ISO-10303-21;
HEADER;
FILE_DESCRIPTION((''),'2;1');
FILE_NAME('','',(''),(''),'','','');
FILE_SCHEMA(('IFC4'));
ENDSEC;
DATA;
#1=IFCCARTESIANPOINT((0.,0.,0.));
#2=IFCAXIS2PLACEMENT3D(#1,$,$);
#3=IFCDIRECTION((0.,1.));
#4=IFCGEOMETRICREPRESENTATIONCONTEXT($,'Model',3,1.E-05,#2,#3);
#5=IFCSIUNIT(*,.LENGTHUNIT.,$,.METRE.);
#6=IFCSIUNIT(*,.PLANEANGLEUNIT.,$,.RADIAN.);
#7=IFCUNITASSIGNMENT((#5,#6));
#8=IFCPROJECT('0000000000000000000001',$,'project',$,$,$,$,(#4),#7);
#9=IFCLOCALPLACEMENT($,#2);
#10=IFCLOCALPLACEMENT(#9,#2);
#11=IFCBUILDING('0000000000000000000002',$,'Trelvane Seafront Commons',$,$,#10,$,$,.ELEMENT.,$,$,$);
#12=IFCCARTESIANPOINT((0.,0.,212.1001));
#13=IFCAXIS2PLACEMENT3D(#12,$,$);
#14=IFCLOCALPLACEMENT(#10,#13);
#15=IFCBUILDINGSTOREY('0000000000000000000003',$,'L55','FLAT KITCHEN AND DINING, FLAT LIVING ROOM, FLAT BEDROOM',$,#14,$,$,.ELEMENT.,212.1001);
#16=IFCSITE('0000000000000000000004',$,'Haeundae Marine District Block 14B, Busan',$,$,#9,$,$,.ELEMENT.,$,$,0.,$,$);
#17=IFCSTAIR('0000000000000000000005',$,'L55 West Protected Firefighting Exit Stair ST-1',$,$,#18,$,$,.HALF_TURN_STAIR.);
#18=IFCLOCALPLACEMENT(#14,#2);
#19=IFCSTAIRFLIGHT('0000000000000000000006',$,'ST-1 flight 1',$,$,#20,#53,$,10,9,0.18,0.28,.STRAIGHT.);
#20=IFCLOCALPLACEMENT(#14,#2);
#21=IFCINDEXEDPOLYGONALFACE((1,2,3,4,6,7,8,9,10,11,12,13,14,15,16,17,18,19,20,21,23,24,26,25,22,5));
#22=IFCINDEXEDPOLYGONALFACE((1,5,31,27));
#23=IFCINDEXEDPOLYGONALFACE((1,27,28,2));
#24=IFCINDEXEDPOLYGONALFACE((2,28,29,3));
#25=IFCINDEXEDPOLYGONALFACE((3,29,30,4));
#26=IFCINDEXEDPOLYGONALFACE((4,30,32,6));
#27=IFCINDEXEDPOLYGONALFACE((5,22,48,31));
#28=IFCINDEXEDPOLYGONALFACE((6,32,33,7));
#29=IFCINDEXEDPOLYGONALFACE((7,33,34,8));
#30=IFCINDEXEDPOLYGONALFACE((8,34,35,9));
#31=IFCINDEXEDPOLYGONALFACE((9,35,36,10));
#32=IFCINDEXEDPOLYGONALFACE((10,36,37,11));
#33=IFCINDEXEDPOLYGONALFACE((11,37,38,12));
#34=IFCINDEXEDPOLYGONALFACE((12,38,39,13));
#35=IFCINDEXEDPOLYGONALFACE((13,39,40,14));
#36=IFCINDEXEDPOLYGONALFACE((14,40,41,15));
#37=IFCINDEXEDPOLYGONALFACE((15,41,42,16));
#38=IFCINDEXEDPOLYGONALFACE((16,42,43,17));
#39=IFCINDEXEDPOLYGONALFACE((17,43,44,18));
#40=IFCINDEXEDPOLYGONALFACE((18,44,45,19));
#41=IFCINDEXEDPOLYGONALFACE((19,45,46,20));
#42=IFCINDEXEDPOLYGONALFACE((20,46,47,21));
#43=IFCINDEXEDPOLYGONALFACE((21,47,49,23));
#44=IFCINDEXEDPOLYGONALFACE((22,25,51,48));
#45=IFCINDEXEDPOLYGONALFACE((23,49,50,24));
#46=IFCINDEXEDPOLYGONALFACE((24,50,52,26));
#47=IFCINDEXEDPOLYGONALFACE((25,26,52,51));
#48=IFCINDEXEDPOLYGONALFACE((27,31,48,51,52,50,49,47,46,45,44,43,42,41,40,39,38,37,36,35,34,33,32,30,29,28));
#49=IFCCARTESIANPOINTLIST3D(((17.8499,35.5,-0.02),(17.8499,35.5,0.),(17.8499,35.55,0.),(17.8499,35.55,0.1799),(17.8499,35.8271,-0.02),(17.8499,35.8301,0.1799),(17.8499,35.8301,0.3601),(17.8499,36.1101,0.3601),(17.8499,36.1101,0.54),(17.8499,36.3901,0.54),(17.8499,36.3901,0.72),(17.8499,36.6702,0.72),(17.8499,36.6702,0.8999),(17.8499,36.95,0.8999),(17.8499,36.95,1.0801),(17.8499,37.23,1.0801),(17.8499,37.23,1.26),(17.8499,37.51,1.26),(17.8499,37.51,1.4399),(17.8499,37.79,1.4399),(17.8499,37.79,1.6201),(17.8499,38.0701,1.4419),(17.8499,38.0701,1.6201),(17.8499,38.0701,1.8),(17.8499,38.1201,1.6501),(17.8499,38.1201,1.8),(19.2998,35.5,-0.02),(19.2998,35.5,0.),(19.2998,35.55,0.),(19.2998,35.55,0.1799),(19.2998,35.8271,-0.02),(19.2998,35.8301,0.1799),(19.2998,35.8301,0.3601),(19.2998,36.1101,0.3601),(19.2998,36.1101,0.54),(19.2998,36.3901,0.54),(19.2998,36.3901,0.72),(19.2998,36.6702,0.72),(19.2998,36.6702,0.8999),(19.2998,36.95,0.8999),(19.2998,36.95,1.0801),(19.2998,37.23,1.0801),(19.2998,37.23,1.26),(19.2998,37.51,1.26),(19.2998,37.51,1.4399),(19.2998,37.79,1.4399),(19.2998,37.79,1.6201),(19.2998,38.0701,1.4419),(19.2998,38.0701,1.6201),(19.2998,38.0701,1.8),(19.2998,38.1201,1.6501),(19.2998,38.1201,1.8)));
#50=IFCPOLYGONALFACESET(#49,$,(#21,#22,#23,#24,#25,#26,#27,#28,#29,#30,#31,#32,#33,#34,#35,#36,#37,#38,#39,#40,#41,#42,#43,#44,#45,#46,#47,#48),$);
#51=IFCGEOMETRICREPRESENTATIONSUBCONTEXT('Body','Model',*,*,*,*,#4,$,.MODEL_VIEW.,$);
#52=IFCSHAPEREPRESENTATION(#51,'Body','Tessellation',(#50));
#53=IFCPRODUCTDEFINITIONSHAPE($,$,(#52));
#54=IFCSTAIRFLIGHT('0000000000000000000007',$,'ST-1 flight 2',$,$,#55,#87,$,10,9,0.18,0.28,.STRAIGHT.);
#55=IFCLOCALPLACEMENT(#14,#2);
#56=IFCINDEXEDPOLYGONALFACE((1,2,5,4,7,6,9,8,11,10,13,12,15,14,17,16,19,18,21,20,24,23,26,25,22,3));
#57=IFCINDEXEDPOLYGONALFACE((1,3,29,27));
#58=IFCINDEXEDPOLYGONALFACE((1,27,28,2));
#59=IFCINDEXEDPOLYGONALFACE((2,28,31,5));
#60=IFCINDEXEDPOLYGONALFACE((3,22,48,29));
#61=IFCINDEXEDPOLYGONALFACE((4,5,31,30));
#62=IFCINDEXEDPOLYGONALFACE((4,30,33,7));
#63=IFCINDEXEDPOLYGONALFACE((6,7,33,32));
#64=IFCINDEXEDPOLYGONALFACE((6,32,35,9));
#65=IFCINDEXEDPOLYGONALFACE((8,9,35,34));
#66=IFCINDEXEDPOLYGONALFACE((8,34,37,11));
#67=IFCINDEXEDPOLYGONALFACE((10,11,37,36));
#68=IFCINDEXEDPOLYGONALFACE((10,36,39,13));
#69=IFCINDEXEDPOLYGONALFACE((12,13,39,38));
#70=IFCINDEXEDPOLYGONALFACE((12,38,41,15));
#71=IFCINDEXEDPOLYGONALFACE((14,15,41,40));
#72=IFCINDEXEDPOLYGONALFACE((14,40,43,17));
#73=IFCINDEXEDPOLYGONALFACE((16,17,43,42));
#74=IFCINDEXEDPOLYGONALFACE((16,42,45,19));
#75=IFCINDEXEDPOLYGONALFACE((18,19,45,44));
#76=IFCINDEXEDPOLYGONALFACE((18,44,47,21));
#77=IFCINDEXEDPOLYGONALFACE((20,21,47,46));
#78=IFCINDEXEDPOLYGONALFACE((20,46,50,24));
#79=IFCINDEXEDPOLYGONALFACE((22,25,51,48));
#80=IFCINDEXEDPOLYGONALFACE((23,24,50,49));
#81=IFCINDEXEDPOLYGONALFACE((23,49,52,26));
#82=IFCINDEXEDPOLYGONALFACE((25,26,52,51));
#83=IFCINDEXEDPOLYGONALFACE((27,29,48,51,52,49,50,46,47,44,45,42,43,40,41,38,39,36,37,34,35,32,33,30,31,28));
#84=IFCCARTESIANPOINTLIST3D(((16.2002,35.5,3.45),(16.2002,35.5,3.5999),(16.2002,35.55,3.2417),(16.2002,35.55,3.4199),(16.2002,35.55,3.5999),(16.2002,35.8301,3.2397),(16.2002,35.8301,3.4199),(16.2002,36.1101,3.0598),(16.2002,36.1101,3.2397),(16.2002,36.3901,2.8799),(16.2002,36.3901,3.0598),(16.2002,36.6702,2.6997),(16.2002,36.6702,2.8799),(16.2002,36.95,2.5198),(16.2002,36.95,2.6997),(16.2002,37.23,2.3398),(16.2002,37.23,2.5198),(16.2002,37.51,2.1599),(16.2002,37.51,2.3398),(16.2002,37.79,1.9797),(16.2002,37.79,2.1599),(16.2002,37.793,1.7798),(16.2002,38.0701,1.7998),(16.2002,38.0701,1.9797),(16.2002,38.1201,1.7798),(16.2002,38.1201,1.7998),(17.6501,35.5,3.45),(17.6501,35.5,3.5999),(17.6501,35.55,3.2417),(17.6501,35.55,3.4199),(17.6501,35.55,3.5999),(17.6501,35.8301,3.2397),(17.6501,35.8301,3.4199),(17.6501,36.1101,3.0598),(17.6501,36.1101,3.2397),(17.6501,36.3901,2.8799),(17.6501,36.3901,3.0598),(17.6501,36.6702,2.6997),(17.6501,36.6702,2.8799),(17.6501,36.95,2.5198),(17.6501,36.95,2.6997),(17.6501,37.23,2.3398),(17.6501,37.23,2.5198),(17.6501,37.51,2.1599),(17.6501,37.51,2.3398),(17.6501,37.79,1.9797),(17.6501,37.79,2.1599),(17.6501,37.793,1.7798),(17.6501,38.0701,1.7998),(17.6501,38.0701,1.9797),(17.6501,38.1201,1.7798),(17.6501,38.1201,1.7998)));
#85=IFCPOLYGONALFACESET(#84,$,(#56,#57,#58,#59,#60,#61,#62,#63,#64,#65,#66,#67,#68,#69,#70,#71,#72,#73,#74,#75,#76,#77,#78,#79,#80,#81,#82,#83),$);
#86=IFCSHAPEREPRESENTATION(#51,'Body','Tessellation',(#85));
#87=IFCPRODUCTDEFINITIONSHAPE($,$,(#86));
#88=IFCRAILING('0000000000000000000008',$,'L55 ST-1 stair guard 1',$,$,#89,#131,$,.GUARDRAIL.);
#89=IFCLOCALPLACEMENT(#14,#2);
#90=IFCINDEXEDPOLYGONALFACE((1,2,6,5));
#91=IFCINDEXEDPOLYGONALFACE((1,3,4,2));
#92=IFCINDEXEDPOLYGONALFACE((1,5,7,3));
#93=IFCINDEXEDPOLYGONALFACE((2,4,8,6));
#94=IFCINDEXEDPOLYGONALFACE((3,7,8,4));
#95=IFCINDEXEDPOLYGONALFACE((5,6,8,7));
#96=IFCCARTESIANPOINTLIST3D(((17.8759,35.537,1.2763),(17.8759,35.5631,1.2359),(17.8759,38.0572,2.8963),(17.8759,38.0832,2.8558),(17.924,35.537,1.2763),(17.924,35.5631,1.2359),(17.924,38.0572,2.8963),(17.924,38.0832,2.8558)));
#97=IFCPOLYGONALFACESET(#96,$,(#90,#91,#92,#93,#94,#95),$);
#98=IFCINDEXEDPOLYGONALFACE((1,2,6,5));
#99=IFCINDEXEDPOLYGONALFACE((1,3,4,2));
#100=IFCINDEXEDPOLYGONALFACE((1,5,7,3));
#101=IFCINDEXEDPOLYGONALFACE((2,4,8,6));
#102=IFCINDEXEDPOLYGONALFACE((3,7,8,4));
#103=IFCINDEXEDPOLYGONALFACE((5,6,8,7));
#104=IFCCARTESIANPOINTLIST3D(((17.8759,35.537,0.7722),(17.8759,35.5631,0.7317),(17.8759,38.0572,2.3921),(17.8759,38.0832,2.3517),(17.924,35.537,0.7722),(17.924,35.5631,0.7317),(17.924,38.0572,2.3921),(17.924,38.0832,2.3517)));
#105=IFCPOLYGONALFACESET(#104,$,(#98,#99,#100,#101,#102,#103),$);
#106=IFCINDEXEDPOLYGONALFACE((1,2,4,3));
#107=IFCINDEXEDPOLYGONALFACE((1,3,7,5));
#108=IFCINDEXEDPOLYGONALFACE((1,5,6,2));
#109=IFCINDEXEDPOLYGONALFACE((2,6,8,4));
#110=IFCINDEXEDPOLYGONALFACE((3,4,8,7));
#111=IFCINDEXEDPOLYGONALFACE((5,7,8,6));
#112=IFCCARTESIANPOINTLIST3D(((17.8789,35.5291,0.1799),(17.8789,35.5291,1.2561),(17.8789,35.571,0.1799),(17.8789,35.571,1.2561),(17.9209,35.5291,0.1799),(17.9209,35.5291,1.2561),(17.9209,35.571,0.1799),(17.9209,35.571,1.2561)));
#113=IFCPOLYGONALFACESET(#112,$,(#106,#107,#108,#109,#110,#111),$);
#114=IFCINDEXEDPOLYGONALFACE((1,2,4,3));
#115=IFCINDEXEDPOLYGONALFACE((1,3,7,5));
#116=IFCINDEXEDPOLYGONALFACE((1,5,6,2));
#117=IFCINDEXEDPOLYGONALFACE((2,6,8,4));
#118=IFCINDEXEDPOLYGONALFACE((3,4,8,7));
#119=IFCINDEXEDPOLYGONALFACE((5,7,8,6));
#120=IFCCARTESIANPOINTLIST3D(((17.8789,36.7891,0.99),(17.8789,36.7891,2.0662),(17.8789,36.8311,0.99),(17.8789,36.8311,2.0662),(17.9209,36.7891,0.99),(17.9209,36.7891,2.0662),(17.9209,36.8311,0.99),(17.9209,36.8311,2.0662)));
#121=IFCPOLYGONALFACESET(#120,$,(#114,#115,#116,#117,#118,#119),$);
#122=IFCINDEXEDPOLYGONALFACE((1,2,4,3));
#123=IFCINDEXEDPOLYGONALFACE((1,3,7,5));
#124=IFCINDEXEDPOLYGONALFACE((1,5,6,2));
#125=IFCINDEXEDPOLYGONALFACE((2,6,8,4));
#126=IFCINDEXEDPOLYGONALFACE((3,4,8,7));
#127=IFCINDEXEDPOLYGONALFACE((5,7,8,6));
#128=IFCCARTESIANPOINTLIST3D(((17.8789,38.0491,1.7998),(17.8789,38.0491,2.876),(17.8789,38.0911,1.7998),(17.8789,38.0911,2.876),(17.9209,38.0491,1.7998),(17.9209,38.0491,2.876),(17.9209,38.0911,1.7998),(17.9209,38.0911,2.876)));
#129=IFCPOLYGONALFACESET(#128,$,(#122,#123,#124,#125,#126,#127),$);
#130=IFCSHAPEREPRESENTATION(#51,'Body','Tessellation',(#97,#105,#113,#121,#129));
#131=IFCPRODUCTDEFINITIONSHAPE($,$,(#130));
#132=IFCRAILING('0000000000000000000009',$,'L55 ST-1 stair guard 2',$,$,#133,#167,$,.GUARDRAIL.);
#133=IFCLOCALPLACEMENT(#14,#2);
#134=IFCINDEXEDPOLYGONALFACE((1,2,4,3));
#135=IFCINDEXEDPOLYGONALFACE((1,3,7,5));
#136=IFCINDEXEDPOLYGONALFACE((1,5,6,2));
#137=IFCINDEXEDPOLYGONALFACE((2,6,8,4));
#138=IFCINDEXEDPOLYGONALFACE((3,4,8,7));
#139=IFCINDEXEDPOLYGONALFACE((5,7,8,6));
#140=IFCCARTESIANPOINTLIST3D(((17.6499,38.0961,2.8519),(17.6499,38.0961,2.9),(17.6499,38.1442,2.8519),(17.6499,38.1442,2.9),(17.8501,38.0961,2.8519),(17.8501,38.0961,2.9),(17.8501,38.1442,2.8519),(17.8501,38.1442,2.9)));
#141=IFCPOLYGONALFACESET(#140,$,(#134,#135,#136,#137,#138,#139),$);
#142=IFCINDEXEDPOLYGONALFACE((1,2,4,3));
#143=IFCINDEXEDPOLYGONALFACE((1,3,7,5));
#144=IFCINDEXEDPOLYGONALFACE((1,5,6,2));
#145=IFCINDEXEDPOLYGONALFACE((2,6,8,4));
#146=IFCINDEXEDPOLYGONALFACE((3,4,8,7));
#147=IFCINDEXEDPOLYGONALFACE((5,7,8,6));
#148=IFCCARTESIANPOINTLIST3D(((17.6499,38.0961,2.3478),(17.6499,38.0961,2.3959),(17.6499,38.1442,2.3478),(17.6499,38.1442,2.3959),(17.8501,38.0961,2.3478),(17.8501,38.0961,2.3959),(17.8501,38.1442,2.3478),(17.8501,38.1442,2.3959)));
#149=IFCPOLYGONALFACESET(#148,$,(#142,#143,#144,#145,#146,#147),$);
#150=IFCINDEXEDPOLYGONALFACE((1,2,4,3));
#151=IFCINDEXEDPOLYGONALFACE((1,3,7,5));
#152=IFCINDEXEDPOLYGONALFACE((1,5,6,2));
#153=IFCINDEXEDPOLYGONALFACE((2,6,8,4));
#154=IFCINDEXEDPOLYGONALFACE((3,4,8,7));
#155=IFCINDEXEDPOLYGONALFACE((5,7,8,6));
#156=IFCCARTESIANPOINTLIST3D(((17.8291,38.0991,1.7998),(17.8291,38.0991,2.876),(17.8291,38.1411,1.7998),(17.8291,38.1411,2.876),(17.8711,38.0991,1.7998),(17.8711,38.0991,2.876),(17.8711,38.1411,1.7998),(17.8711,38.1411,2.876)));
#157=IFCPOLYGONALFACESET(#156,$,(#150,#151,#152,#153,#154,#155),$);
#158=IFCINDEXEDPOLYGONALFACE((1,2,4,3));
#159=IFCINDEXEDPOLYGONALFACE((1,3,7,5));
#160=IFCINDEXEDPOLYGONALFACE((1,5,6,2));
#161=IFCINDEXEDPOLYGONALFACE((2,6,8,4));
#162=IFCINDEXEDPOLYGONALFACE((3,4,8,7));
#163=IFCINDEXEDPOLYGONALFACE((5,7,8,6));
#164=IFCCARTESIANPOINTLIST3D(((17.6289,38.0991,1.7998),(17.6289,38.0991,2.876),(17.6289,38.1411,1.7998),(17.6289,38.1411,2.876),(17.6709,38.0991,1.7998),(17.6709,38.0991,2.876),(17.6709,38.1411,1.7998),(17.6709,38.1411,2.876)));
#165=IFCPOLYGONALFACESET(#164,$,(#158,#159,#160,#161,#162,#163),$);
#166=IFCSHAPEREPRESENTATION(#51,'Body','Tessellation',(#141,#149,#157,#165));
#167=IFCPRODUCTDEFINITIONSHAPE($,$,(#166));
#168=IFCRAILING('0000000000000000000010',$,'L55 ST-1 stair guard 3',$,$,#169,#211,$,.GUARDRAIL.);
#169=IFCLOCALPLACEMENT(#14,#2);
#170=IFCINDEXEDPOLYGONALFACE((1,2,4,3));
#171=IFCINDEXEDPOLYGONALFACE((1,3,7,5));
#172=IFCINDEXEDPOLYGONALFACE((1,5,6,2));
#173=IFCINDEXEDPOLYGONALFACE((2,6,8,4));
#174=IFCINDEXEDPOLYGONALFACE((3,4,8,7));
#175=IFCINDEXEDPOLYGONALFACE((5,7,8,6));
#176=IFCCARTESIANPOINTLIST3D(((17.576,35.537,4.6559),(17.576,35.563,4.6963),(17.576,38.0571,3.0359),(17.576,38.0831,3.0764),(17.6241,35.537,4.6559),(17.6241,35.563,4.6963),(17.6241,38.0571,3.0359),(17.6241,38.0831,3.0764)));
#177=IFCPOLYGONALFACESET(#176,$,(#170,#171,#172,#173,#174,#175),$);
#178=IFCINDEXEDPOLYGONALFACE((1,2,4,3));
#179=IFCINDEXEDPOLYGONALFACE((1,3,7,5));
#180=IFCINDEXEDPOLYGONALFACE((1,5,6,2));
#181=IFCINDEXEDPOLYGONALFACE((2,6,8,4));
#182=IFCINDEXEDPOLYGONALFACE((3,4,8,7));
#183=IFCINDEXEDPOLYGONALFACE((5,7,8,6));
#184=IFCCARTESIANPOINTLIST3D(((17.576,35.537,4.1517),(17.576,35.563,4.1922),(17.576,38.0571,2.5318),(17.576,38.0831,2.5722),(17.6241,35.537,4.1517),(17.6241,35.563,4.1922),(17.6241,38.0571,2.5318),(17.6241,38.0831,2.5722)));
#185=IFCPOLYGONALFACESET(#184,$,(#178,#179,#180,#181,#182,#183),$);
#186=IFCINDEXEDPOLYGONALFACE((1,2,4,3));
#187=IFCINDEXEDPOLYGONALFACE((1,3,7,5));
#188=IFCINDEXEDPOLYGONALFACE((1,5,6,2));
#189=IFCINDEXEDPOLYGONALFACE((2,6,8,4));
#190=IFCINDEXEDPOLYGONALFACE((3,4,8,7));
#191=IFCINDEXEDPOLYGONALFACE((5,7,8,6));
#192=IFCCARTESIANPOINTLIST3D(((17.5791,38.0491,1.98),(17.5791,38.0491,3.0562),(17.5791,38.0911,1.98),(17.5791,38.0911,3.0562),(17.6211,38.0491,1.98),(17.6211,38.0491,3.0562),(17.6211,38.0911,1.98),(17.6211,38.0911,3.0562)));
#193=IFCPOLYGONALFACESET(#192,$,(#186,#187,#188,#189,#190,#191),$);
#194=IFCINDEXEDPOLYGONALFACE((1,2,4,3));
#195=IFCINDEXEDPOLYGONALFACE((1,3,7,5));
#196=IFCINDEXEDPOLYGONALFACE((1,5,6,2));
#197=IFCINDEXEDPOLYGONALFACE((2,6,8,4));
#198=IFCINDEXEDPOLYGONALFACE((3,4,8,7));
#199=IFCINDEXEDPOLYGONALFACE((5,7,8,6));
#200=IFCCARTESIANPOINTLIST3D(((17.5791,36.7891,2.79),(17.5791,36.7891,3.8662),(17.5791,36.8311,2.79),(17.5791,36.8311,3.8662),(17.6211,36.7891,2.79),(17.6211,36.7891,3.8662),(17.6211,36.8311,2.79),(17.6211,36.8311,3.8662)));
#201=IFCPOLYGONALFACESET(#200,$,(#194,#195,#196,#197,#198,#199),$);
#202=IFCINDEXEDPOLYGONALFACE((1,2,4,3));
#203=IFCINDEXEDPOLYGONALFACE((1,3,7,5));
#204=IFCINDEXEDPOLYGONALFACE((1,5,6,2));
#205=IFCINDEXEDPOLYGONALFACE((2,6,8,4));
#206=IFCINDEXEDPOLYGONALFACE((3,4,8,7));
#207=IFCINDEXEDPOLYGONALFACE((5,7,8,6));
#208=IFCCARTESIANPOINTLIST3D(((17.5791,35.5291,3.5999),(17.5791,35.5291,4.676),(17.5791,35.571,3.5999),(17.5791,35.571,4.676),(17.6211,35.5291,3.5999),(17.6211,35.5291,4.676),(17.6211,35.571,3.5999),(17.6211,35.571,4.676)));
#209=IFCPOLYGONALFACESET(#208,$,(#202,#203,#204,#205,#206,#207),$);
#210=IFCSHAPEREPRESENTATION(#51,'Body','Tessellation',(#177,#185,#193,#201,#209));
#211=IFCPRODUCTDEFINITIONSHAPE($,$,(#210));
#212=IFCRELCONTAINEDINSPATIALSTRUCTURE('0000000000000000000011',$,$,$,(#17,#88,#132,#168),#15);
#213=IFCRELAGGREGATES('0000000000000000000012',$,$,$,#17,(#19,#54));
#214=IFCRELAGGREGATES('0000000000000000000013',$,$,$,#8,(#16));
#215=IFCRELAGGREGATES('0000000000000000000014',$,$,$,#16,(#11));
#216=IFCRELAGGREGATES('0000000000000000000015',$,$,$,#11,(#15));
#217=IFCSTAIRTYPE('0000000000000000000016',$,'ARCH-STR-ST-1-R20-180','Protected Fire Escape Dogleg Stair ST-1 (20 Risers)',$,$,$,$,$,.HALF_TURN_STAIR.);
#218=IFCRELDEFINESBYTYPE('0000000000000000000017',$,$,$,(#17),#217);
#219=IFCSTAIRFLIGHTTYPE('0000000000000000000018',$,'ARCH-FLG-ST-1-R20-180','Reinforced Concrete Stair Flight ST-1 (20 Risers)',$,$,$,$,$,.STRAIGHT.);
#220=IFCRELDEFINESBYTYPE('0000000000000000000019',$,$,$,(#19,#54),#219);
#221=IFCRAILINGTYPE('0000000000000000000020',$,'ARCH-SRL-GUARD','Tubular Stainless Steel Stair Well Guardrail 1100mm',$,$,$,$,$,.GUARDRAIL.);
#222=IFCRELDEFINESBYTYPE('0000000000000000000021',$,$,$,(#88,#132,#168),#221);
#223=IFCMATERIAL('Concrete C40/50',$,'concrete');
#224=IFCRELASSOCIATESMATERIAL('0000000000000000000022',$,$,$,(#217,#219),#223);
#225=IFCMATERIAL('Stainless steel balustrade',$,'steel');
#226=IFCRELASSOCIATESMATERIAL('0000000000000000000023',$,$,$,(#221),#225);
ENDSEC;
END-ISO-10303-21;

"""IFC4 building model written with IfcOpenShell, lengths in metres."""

from ifc_helpers import new_model, si_unit, direction, frame, origin, origin_2d, place, context, subcontext, project, spatial, polyline, rectangle, outline, extrude, source, transform, mapped, material, type_object, element, aggregate, save


model = new_model("IFC4")

# Units and contexts
model_context = context("Model", 3, precision=1e-05, world=origin(), true_north=direction((0.0, 1.0)))
body_context = subcontext(model_context, "Body", "Model", "MODEL_VIEW")
ifc_project = project(units=[si_unit("LENGTHUNIT", "METRE"), si_unit("PLANEANGLEUNIT", "RADIAN")], contexts=[model_context])

# Site, building, storey
site_placement = place(None, origin())
site = spatial("IfcSite", under=ifc_project, at=site_placement, Name="Haeundae Marine District Block 14B, Busan", CompositionType="ELEMENT", RefElevation=0.0)
building_placement = place(site_placement, origin())
building = spatial("IfcBuilding", under=site, at=building_placement, Name="Trelvane Seafront Commons", CompositionType="ELEMENT")
storey_placement = place(building_placement, frame((0.0, 0.0, 212.1001)))
storey = spatial("IfcBuildingStorey", under=building, at=storey_placement, Name="L55", Description="FLAT KITCHEN AND DINING, FLAT LIVING ROOM, FLAT BEDROOM", CompositionType="ELEMENT", Elevation=212.1001)

# Shared definitions
ifc_material_1 = material(Name="Concrete C40/50", Category="concrete")
ifc_material_2 = material(Name="Stainless steel balustrade", Category="steel")

# Stair, stair flights
stair_type = type_object("IfcStairType", Name="ARCH-STR-ST-1-R20-180", Description="Protected Fire Escape Dogleg Stair ST-1 (20 Risers)", PredefinedType="HALF_TURN_STAIR", material=ifc_material_1)
stair_placement = place(storey_placement, origin())
stair = element("IfcStair", 1, at=stair_placement, inside=storey, type_object=stair_type, Name="L55 West Protected Firefighting Exit Stair ST-1", PredefinedType="HALF_TURN_STAIR")
stair_flight_type = type_object("IfcStairFlightType", Name="ARCH-FLG-ST-1-R20-180", Description="Reinforced Concrete Stair Flight ST-1 (20 Risers)", PredefinedType="STRAIGHT", material=ifc_material_1)
shared_shape_1 = source(origin(), body_context, "Body", "SweptSolid", [
    extrude(outline(polyline([(-0.05, -0.02), (-0.05, 0.0), (0.0, 0.0), (0.0, 0.1799), (0.28, 0.1799), (0.28, 0.3601), (0.5601, 0.3601), (0.5601, 0.54), (0.8401, 0.54), (0.8401, 0.72), (1.1201, 0.72), (1.1201, 0.8999), (1.3999, 0.8999), (1.3999, 1.0801), (1.6799, 1.0801), (1.6799, 1.26), (1.96, 1.26), (1.96, 1.4399), (2.24, 1.4399), (2.24, 1.6201), (2.52, 1.6201), (2.52, 1.8), (2.5701, 1.8), (2.5701, 1.6501), (2.52, 1.4419), (0.2771, -0.02), (-0.05, -0.02)])), frame((0.0, 0.7251, 0.0), z_axis=(0.0, -1.0, 0.0), x_axis=(1.0, 0.0, 0.0)), (0.0, 0.0, 1.0), 1.45),
])
stair_flight_1_placement = place(storey_placement, frame((18.575, 35.55, 0.0), z_axis=(0.0, 0.0, 1.0), x_axis=(0.0, 1.0, 0.0)))
stair_flight_1 = element("IfcStairFlight", 2, at=stair_flight_1_placement, type_object=stair_flight_type, Name="ST-1 flight 1", NumberOfRisers=10, NumberOfTreads=9, PredefinedType="STRAIGHT", RiserHeight=0.18, TreadLength=0.28, context=body_context, shape_type="MappedRepresentation", body=[
    mapped(shared_shape_1, transform((0.0, 0.0, 0.0), x_axis=(1.0, 0.0, 0.0), y_axis=(0.0, 1.0, 0.0), z_axis=(0.0, 0.0, 1.0), scale=1.0)),
])
stair_flight_2_placement = place(storey_placement, frame((16.925, 38.0701, 1.7998), z_axis=(0.0, 0.0, 1.0), x_axis=(0.0, -1.0, 0.0)))
stair_flight_2 = element("IfcStairFlight", 3, at=stair_flight_2_placement, type_object=stair_flight_type, Name="ST-1 flight 2", NumberOfRisers=10, NumberOfTreads=9, PredefinedType="STRAIGHT", RiserHeight=0.18, TreadLength=0.28, context=body_context, shape_type="MappedRepresentation", body=[
    mapped(shared_shape_1, transform((0.0, 0.0, 0.0), x_axis=(1.0, 0.0, 0.0), y_axis=(0.0, 1.0, 0.0), z_axis=(0.0, 0.0, 1.0), scale=1.0)),
])
aggregate(stair, [stair_flight_1, stair_flight_2])

# Railings
railing_type_1 = type_object("IfcRailingType", Name="ARCH-SRL-GUARD", Description="Tubular Stainless Steel Stair Well Guardrail 1100mm", PredefinedType="GUARDRAIL", material=ifc_material_2)
railing_1_placement = place(storey_placement, frame((17.8999, 35.55, 0.1799)))
element("IfcRailing", 4, at=railing_1_placement, inside=storey, type_object=railing_type_1, Name="L55 ST-1 stair guard 1", PredefinedType="GUARDRAIL", context=body_context, shape_type="SweptSolid", body=[
    extrude(rectangle(XDim=0.0481, YDim=0.0481, at=origin_2d()), frame((0.0, 0.0, 1.0762), z_axis=(0.0, 0.8412, 0.540725), x_axis=(-1.0, 0.0, 0.0)), (0.0, 0.0, 1.0), 2.9958),
    extrude(rectangle(XDim=0.0481, YDim=0.0481, at=origin_2d()), frame((0.0, 0.0, 0.572), z_axis=(0.0, 0.8412, 0.540725), x_axis=(-1.0, 0.0, 0.0)), (0.0, 0.0, 1.0), 2.9958),
    extrude(rectangle(XDim=0.042, YDim=0.042, at=origin_2d()), origin(), (0.0, 0.0, 1.0), 1.0762),
    extrude(rectangle(XDim=0.042, YDim=0.042, at=origin_2d()), frame((0.0, 1.26, 0.8101)), (0.0, 0.0, 1.0), 1.0762),
    extrude(rectangle(XDim=0.042, YDim=0.042, at=origin_2d()), frame((0.0, 2.52, 1.6199)), (0.0, 0.0, 1.0), 1.0762),
])
railing_2_placement = place(storey_placement, frame((17.8501, 38.1201, 1.7998)))
element("IfcRailing", 5, at=railing_2_placement, inside=storey, type_object=railing_type_1, Name="L55 ST-1 stair guard 2", PredefinedType="GUARDRAIL", context=body_context, shape_type="SweptSolid", body=[
    extrude(rectangle(XDim=0.0481, YDim=0.0481, at=origin_2d()), frame((0.0, 0.0, 1.0762), z_axis=(-1.0, 0.0, 0.0), x_axis=(0.0, -1.0, 0.0)), (0.0, 0.0, 1.0), 0.2002),
    extrude(rectangle(XDim=0.0481, YDim=0.0481, at=origin_2d()), frame((0.0, 0.0, 0.572), z_axis=(-1.0, 0.0, 0.0), x_axis=(0.0, -1.0, 0.0)), (0.0, 0.0, 1.0), 0.2002),
    extrude(rectangle(XDim=0.042, YDim=0.042, at=origin_2d()), origin(), (0.0, 0.0, 1.0), 1.0762),
    extrude(rectangle(XDim=0.042, YDim=0.042, at=origin_2d()), frame((-0.2002, 0.0, 0.0)), (0.0, 0.0, 1.0), 1.0762),
])
railing_3_placement = place(storey_placement, frame((17.6001, 38.0701, 1.98)))
element("IfcRailing", 6, at=railing_3_placement, inside=storey, type_object=railing_type_1, Name="L55 ST-1 stair guard 3", PredefinedType="GUARDRAIL", context=body_context, shape_type="SweptSolid", body=[
    extrude(rectangle(XDim=0.0481, YDim=0.0481, at=origin_2d()), frame((0.0, 0.0, 1.0762), z_axis=(0.0, -0.8412, 0.540725), x_axis=(1.0, 0.0, 0.0)), (0.0, 0.0, 1.0), 2.9958),
    extrude(rectangle(XDim=0.0481, YDim=0.0481, at=origin_2d()), frame((0.0, 0.0, 0.572), z_axis=(0.0, -0.8412, 0.540725), x_axis=(1.0, 0.0, 0.0)), (0.0, 0.0, 1.0), 2.9958),
    extrude(rectangle(XDim=0.042, YDim=0.042, at=origin_2d()), origin(), (0.0, 0.0, 1.0), 1.0762),
    extrude(rectangle(XDim=0.042, YDim=0.042, at=origin_2d()), frame((0.0, -1.26, 0.8101)), (0.0, 0.0, 1.0), 1.0762),
    extrude(rectangle(XDim=0.042, YDim=0.042, at=origin_2d()), frame((0.0, -2.52, 1.6199)), (0.0, 0.0, 1.0), 1.0762),
])

save(model, "model.ifc")
